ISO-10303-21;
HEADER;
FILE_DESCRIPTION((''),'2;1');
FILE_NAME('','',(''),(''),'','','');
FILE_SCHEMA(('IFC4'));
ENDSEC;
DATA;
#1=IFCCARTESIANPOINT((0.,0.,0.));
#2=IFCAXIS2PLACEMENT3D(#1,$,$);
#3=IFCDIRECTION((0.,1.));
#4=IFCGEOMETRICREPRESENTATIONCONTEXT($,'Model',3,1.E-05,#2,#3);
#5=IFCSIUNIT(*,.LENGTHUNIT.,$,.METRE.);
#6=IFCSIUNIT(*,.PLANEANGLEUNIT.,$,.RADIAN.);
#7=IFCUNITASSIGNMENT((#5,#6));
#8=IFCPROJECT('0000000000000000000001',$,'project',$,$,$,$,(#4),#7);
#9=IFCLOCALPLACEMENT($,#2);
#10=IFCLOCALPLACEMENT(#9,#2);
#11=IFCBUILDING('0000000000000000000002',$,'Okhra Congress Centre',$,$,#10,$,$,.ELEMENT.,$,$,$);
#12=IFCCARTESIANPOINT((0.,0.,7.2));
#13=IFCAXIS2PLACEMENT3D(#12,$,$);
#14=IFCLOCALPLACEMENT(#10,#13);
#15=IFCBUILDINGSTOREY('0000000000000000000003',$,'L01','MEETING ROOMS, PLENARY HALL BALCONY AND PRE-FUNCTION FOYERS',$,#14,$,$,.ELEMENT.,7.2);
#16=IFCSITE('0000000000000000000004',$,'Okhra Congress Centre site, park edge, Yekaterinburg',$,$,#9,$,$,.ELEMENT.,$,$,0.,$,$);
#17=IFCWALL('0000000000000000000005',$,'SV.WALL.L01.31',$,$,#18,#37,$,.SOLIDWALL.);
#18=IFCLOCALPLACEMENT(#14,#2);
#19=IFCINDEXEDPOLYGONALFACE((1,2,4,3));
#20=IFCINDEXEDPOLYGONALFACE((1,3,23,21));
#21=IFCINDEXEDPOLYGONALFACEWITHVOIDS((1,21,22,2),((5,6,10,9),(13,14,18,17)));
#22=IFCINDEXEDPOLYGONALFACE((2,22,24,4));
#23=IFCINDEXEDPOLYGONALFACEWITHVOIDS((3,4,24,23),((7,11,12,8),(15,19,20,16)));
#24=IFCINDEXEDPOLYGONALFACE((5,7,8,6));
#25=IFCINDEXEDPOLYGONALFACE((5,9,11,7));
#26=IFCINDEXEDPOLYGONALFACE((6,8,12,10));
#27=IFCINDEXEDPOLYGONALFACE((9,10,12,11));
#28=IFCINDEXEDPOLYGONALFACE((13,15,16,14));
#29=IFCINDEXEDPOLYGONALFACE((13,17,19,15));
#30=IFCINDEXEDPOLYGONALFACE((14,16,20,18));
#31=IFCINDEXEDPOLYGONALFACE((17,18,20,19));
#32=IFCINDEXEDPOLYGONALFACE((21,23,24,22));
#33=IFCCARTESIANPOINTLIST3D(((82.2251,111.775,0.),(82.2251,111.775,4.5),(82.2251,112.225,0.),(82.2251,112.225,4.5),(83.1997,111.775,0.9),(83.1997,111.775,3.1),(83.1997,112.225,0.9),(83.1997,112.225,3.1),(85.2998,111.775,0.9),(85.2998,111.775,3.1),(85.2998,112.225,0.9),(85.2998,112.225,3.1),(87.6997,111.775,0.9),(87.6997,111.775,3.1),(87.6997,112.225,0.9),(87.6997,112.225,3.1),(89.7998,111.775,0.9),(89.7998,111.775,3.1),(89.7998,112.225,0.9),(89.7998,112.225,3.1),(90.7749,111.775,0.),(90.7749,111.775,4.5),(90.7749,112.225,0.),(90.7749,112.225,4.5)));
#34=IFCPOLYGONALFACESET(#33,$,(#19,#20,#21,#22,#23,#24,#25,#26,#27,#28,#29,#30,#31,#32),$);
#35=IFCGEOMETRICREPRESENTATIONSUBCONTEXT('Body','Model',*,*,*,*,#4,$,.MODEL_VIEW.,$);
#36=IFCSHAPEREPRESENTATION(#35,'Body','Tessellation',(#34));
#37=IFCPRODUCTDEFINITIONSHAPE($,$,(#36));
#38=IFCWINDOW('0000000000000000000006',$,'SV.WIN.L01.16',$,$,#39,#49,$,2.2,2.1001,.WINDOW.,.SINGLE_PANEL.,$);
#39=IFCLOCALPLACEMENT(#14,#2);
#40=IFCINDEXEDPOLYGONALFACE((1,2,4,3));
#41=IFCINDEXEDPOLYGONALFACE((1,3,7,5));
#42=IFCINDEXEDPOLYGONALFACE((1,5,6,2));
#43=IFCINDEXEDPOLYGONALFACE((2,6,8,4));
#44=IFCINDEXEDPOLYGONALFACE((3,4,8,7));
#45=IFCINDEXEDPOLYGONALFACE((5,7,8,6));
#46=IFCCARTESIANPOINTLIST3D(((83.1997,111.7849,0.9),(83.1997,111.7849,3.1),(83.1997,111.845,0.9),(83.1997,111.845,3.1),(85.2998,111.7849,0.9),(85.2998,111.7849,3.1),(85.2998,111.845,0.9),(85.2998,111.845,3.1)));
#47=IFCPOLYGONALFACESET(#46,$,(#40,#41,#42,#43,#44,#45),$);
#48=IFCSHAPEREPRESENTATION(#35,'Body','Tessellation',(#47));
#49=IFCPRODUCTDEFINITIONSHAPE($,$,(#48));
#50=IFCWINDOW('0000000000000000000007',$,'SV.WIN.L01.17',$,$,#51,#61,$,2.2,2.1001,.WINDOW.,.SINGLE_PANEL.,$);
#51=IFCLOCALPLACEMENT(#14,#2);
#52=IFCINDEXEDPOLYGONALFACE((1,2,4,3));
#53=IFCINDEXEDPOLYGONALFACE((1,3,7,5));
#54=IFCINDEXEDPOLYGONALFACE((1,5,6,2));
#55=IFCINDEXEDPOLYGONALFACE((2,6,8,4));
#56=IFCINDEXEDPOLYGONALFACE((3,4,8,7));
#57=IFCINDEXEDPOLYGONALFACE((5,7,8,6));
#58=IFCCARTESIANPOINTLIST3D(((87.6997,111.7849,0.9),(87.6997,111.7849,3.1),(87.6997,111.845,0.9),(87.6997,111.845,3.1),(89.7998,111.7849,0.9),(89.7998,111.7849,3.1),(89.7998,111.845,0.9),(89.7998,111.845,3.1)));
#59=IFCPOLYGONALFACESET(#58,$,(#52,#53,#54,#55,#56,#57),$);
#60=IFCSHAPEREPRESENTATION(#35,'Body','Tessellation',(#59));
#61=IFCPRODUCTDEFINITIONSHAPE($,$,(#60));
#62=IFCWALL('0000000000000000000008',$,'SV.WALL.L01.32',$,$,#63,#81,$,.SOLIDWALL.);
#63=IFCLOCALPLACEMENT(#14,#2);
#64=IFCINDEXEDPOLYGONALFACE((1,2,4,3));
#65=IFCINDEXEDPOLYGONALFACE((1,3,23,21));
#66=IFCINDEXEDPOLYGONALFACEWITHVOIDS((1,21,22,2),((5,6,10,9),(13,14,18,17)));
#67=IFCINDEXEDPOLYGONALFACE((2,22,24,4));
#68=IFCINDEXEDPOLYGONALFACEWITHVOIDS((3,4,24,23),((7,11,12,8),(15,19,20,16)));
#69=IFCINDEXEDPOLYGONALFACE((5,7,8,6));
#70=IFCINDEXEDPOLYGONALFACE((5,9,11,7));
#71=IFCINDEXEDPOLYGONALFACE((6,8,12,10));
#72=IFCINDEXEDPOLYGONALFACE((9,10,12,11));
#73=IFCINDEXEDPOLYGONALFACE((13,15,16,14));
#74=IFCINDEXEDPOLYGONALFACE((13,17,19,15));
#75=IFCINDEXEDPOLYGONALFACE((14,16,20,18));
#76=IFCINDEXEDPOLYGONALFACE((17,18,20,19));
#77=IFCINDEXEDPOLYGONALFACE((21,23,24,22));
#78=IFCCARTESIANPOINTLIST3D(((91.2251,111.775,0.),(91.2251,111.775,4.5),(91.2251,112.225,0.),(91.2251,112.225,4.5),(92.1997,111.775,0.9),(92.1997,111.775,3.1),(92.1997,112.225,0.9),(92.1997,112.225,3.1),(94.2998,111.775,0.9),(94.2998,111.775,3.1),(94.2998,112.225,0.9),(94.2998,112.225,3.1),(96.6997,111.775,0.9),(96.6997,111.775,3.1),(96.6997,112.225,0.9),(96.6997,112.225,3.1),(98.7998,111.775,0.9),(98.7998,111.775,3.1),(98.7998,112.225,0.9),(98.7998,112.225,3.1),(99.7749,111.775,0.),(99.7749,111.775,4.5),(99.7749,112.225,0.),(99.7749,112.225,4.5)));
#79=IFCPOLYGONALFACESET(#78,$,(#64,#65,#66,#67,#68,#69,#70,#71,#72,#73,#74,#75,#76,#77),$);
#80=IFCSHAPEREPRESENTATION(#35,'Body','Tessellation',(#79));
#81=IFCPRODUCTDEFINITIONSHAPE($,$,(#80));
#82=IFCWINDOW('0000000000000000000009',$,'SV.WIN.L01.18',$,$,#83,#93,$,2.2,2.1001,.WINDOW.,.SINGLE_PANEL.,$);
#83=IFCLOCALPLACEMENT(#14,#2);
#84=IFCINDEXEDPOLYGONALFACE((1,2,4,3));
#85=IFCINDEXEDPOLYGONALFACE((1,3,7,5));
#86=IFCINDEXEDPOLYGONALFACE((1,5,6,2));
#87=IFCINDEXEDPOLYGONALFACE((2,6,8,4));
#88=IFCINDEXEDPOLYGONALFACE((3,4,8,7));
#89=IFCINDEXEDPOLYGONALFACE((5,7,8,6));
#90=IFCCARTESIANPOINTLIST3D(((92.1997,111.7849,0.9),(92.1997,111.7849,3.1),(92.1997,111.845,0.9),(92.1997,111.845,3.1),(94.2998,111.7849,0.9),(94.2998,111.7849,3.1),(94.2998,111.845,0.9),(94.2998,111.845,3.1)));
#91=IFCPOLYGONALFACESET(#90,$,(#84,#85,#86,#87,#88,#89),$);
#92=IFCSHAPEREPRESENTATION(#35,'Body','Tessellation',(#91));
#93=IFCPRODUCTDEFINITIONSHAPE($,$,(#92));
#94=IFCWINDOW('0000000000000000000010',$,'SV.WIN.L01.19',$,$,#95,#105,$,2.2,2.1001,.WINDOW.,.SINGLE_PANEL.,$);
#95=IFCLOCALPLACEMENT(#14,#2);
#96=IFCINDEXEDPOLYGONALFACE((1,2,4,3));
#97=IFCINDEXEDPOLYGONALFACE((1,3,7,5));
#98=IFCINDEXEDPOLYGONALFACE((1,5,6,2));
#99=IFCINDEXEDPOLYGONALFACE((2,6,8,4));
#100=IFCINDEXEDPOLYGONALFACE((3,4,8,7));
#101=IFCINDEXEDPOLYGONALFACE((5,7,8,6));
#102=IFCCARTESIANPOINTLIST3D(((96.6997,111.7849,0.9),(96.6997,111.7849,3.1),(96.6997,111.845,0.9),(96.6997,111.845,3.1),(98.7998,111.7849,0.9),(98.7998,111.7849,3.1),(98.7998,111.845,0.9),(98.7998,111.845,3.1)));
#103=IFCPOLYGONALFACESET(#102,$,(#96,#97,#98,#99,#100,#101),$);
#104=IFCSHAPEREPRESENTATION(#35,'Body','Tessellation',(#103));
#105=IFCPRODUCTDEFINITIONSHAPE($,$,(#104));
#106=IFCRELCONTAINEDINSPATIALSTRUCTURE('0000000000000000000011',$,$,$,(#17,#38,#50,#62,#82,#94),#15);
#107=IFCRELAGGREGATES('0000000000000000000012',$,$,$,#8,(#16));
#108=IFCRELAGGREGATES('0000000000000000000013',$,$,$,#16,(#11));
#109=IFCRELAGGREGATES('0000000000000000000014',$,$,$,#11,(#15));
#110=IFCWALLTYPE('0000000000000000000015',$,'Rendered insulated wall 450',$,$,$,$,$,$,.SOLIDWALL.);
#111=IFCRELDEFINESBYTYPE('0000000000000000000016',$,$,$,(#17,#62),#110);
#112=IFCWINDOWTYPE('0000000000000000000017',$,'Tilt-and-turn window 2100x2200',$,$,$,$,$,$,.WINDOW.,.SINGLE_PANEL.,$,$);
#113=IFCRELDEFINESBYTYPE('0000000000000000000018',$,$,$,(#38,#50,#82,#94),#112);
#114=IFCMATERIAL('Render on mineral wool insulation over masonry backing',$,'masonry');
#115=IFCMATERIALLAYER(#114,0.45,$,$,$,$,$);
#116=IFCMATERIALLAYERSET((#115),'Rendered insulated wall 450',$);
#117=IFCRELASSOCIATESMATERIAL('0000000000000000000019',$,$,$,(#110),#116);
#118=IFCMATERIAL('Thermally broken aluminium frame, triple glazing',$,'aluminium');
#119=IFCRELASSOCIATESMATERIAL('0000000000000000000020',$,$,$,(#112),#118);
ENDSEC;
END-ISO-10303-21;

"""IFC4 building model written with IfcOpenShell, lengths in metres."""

from ifc_helpers import new_model, si_unit, direction, frame, frame_2d, origin, place, context, subcontext, project, spatial, rectangle, extrude, material, layer, layer_set, type_object, element, fill, save


model = new_model("IFC4")

# Units and contexts
model_context = context("Model", 3, precision=1e-05, world=origin(), true_north=direction((0.0, 1.0)))
body_context = subcontext(model_context, "Body", "Model", "MODEL_VIEW")
ifc_project = project(units=[si_unit("LENGTHUNIT", "METRE"), si_unit("PLANEANGLEUNIT", "RADIAN")], contexts=[model_context])

# Site, building, storey
site_placement = place(None, origin())
site = spatial("IfcSite", under=ifc_project, at=site_placement, Name="Okhra Congress Centre site, park edge, Yekaterinburg", CompositionType="ELEMENT", RefElevation=0.0)
building_placement = place(site_placement, origin())
building = spatial("IfcBuilding", under=site, at=building_placement, Name="Okhra Congress Centre", CompositionType="ELEMENT")
storey_placement = place(building_placement, frame((0.0, 0.0, 7.2)))
storey = spatial("IfcBuildingStorey", under=building, at=storey_placement, Name="L01", Description="MEETING ROOMS, PLENARY HALL BALCONY AND PRE-FUNCTION FOYERS", CompositionType="ELEMENT", Elevation=7.2)

# Shared definitions
ifc_material_1 = material(Name="Thermally broken aluminium frame, triple glazing", Category="aluminium")

# Walls, openings, windows
ifc_material_2 = material(Name="Render on mineral wool insulation over masonry backing", Category="masonry")
ifc_layer_1 = layer(ifc_material_2, 0.45)
ifc_layer_set_1 = layer_set([ifc_layer_1], Name="Rendered insulated wall 450")
wall_type_1 = type_object("IfcWallType", Name="Rendered insulated wall 450", PredefinedType="SOLIDWALL", material=ifc_layer_set_1)
wall_1_placement = place(storey_placement, frame((90.7749, 112.0, 0.0), z_axis=(0.0, 0.0, 1.0), x_axis=(-1.0, 0.0, 0.0)))
wall_1 = element("IfcWall", 1, at=wall_1_placement, inside=storey, type_object=wall_type_1, Name="SV.WALL.L01.31", PredefinedType="SOLIDWALL", context=body_context, shape_type="SweptSolid", body=[
    extrude(rectangle(XDim=8.5498, YDim=0.45, at=frame_2d((4.2749, 0.0))), origin(), (0.0, 0.0, 1.0), 4.5),
])
opening_1_placement = place(wall_1_placement, frame((5.4751, 0.0, 0.8999)))
opening_1 = element("IfcOpeningElement", 2, at=opening_1_placement, cuts=wall_1, PredefinedType="OPENING", context=body_context, shape_type="SweptSolid", body=[
    extrude(rectangle(XDim=2.1001, YDim=2.2, at=frame_2d((1.05, 1.1001))), frame((0.0, 0.2349, 0.0), z_axis=(0.0, -1.0, 0.0), x_axis=(1.0, 0.0, 0.0)), (0.0, 0.0, 1.0), 0.47),
])
opening_2_placement = place(wall_1_placement, frame((0.9751, 0.0, 0.8999)))
opening_2 = element("IfcOpeningElement", 3, at=opening_2_placement, cuts=wall_1, PredefinedType="OPENING", context=body_context, shape_type="SweptSolid", body=[
    extrude(rectangle(XDim=2.1001, YDim=2.2, at=frame_2d((1.05, 1.1001))), frame((0.0, 0.2349, 0.0), z_axis=(0.0, -1.0, 0.0), x_axis=(1.0, 0.0, 0.0)), (0.0, 0.0, 1.0), 0.47),
])
window_type_1 = type_object("IfcWindowType", Name="Tilt-and-turn window 2100x2200", PartitioningType="SINGLE_PANEL", PredefinedType="WINDOW", material=ifc_material_1)
window_1_placement = place(opening_1_placement, origin())
window_1 = element("IfcWindow", 4, at=window_1_placement, inside=storey, type_object=window_type_1, Name="SV.WIN.L01.16", OverallHeight=2.2, OverallWidth=2.1001, PartitioningType="SINGLE_PANEL", PredefinedType="WINDOW", context=body_context, shape_type="SweptSolid", body=[
    extrude(rectangle(XDim=2.1001, YDim=2.2, at=frame_2d((1.05, 1.1001))), frame((0.0, 0.2151, 0.0), z_axis=(0.0, -1.0, 0.0), x_axis=(1.0, 0.0, 0.0)), (0.0, 0.0, 1.0), 0.0601),
])
fill(opening_1, window_1)
window_2_placement = place(opening_2_placement, origin())
window_2 = element("IfcWindow", 5, at=window_2_placement, inside=storey, type_object=window_type_1, Name="SV.WIN.L01.17", OverallHeight=2.2, OverallWidth=2.1001, PartitioningType="SINGLE_PANEL", PredefinedType="WINDOW", context=body_context, shape_type="SweptSolid", body=[
    extrude(rectangle(XDim=2.1001, YDim=2.2, at=frame_2d((1.05, 1.1001))), frame((0.0, 0.2151, 0.0), z_axis=(0.0, -1.0, 0.0), x_axis=(1.0, 0.0, 0.0)), (0.0, 0.0, 1.0), 0.0601),
])
fill(opening_2, window_2)
wall_2_placement = place(storey_placement, frame((99.7749, 112.0, 0.0), z_axis=(0.0, 0.0, 1.0), x_axis=(-1.0, 0.0, 0.0)))
wall_2 = element("IfcWall", 6, at=wall_2_placement, inside=storey, type_object=wall_type_1, Name="SV.WALL.L01.32", PredefinedType="SOLIDWALL", context=body_context, shape_type="SweptSolid", body=[
    extrude(rectangle(XDim=8.5498, YDim=0.45, at=frame_2d((4.2749, 0.0))), origin(), (0.0, 0.0, 1.0), 4.5),
])
opening_3_placement = place(wall_2_placement, frame((5.4751, 0.0, 0.8999)))
opening_3 = element("IfcOpeningElement", 7, at=opening_3_placement, cuts=wall_2, PredefinedType="OPENING", context=body_context, shape_type="SweptSolid", body=[
    extrude(rectangle(XDim=2.1001, YDim=2.2, at=frame_2d((1.05, 1.1001))), frame((0.0, 0.2349, 0.0), z_axis=(0.0, -1.0, 0.0), x_axis=(1.0, 0.0, 0.0)), (0.0, 0.0, 1.0), 0.47),
])
opening_4_placement = place(wall_2_placement, frame((0.9751, 0.0, 0.8999)))
opening_4 = element("IfcOpeningElement", 8, at=opening_4_placement, cuts=wall_2, PredefinedType="OPENING", context=body_context, shape_type="SweptSolid", body=[
    extrude(rectangle(XDim=2.1001, YDim=2.2, at=frame_2d((1.05, 1.1001))), frame((0.0, 0.2349, 0.0), z_axis=(0.0, -1.0, 0.0), x_axis=(1.0, 0.0, 0.0)), (0.0, 0.0, 1.0), 0.47),
])
window_3_placement = place(opening_3_placement, origin())
window_3 = element("IfcWindow", 9, at=window_3_placement, inside=storey, type_object=window_type_1, Name="SV.WIN.L01.18", OverallHeight=2.2, OverallWidth=2.1001, PartitioningType="SINGLE_PANEL", PredefinedType="WINDOW", context=body_context, shape_type="SweptSolid", body=[
    extrude(rectangle(XDim=2.1001, YDim=2.2, at=frame_2d((1.05, 1.1001))), frame((0.0, 0.2151, 0.0), z_axis=(0.0, -1.0, 0.0), x_axis=(1.0, 0.0, 0.0)), (0.0, 0.0, 1.0), 0.0601),
])
fill(opening_3, window_3)
window_4_placement = place(opening_4_placement, origin())
window_4 = element("IfcWindow", 10, at=window_4_placement, inside=storey, type_object=window_type_1, Name="SV.WIN.L01.19", OverallHeight=2.2, OverallWidth=2.1001, PartitioningType="SINGLE_PANEL", PredefinedType="WINDOW", context=body_context, shape_type="SweptSolid", body=[
    extrude(rectangle(XDim=2.1001, YDim=2.2, at=frame_2d((1.05, 1.1001))), frame((0.0, 0.2151, 0.0), z_axis=(0.0, -1.0, 0.0), x_axis=(1.0, 0.0, 0.0)), (0.0, 0.0, 1.0), 0.0601),
])
fill(opening_4, window_4)

save(model, "model.ifc")
